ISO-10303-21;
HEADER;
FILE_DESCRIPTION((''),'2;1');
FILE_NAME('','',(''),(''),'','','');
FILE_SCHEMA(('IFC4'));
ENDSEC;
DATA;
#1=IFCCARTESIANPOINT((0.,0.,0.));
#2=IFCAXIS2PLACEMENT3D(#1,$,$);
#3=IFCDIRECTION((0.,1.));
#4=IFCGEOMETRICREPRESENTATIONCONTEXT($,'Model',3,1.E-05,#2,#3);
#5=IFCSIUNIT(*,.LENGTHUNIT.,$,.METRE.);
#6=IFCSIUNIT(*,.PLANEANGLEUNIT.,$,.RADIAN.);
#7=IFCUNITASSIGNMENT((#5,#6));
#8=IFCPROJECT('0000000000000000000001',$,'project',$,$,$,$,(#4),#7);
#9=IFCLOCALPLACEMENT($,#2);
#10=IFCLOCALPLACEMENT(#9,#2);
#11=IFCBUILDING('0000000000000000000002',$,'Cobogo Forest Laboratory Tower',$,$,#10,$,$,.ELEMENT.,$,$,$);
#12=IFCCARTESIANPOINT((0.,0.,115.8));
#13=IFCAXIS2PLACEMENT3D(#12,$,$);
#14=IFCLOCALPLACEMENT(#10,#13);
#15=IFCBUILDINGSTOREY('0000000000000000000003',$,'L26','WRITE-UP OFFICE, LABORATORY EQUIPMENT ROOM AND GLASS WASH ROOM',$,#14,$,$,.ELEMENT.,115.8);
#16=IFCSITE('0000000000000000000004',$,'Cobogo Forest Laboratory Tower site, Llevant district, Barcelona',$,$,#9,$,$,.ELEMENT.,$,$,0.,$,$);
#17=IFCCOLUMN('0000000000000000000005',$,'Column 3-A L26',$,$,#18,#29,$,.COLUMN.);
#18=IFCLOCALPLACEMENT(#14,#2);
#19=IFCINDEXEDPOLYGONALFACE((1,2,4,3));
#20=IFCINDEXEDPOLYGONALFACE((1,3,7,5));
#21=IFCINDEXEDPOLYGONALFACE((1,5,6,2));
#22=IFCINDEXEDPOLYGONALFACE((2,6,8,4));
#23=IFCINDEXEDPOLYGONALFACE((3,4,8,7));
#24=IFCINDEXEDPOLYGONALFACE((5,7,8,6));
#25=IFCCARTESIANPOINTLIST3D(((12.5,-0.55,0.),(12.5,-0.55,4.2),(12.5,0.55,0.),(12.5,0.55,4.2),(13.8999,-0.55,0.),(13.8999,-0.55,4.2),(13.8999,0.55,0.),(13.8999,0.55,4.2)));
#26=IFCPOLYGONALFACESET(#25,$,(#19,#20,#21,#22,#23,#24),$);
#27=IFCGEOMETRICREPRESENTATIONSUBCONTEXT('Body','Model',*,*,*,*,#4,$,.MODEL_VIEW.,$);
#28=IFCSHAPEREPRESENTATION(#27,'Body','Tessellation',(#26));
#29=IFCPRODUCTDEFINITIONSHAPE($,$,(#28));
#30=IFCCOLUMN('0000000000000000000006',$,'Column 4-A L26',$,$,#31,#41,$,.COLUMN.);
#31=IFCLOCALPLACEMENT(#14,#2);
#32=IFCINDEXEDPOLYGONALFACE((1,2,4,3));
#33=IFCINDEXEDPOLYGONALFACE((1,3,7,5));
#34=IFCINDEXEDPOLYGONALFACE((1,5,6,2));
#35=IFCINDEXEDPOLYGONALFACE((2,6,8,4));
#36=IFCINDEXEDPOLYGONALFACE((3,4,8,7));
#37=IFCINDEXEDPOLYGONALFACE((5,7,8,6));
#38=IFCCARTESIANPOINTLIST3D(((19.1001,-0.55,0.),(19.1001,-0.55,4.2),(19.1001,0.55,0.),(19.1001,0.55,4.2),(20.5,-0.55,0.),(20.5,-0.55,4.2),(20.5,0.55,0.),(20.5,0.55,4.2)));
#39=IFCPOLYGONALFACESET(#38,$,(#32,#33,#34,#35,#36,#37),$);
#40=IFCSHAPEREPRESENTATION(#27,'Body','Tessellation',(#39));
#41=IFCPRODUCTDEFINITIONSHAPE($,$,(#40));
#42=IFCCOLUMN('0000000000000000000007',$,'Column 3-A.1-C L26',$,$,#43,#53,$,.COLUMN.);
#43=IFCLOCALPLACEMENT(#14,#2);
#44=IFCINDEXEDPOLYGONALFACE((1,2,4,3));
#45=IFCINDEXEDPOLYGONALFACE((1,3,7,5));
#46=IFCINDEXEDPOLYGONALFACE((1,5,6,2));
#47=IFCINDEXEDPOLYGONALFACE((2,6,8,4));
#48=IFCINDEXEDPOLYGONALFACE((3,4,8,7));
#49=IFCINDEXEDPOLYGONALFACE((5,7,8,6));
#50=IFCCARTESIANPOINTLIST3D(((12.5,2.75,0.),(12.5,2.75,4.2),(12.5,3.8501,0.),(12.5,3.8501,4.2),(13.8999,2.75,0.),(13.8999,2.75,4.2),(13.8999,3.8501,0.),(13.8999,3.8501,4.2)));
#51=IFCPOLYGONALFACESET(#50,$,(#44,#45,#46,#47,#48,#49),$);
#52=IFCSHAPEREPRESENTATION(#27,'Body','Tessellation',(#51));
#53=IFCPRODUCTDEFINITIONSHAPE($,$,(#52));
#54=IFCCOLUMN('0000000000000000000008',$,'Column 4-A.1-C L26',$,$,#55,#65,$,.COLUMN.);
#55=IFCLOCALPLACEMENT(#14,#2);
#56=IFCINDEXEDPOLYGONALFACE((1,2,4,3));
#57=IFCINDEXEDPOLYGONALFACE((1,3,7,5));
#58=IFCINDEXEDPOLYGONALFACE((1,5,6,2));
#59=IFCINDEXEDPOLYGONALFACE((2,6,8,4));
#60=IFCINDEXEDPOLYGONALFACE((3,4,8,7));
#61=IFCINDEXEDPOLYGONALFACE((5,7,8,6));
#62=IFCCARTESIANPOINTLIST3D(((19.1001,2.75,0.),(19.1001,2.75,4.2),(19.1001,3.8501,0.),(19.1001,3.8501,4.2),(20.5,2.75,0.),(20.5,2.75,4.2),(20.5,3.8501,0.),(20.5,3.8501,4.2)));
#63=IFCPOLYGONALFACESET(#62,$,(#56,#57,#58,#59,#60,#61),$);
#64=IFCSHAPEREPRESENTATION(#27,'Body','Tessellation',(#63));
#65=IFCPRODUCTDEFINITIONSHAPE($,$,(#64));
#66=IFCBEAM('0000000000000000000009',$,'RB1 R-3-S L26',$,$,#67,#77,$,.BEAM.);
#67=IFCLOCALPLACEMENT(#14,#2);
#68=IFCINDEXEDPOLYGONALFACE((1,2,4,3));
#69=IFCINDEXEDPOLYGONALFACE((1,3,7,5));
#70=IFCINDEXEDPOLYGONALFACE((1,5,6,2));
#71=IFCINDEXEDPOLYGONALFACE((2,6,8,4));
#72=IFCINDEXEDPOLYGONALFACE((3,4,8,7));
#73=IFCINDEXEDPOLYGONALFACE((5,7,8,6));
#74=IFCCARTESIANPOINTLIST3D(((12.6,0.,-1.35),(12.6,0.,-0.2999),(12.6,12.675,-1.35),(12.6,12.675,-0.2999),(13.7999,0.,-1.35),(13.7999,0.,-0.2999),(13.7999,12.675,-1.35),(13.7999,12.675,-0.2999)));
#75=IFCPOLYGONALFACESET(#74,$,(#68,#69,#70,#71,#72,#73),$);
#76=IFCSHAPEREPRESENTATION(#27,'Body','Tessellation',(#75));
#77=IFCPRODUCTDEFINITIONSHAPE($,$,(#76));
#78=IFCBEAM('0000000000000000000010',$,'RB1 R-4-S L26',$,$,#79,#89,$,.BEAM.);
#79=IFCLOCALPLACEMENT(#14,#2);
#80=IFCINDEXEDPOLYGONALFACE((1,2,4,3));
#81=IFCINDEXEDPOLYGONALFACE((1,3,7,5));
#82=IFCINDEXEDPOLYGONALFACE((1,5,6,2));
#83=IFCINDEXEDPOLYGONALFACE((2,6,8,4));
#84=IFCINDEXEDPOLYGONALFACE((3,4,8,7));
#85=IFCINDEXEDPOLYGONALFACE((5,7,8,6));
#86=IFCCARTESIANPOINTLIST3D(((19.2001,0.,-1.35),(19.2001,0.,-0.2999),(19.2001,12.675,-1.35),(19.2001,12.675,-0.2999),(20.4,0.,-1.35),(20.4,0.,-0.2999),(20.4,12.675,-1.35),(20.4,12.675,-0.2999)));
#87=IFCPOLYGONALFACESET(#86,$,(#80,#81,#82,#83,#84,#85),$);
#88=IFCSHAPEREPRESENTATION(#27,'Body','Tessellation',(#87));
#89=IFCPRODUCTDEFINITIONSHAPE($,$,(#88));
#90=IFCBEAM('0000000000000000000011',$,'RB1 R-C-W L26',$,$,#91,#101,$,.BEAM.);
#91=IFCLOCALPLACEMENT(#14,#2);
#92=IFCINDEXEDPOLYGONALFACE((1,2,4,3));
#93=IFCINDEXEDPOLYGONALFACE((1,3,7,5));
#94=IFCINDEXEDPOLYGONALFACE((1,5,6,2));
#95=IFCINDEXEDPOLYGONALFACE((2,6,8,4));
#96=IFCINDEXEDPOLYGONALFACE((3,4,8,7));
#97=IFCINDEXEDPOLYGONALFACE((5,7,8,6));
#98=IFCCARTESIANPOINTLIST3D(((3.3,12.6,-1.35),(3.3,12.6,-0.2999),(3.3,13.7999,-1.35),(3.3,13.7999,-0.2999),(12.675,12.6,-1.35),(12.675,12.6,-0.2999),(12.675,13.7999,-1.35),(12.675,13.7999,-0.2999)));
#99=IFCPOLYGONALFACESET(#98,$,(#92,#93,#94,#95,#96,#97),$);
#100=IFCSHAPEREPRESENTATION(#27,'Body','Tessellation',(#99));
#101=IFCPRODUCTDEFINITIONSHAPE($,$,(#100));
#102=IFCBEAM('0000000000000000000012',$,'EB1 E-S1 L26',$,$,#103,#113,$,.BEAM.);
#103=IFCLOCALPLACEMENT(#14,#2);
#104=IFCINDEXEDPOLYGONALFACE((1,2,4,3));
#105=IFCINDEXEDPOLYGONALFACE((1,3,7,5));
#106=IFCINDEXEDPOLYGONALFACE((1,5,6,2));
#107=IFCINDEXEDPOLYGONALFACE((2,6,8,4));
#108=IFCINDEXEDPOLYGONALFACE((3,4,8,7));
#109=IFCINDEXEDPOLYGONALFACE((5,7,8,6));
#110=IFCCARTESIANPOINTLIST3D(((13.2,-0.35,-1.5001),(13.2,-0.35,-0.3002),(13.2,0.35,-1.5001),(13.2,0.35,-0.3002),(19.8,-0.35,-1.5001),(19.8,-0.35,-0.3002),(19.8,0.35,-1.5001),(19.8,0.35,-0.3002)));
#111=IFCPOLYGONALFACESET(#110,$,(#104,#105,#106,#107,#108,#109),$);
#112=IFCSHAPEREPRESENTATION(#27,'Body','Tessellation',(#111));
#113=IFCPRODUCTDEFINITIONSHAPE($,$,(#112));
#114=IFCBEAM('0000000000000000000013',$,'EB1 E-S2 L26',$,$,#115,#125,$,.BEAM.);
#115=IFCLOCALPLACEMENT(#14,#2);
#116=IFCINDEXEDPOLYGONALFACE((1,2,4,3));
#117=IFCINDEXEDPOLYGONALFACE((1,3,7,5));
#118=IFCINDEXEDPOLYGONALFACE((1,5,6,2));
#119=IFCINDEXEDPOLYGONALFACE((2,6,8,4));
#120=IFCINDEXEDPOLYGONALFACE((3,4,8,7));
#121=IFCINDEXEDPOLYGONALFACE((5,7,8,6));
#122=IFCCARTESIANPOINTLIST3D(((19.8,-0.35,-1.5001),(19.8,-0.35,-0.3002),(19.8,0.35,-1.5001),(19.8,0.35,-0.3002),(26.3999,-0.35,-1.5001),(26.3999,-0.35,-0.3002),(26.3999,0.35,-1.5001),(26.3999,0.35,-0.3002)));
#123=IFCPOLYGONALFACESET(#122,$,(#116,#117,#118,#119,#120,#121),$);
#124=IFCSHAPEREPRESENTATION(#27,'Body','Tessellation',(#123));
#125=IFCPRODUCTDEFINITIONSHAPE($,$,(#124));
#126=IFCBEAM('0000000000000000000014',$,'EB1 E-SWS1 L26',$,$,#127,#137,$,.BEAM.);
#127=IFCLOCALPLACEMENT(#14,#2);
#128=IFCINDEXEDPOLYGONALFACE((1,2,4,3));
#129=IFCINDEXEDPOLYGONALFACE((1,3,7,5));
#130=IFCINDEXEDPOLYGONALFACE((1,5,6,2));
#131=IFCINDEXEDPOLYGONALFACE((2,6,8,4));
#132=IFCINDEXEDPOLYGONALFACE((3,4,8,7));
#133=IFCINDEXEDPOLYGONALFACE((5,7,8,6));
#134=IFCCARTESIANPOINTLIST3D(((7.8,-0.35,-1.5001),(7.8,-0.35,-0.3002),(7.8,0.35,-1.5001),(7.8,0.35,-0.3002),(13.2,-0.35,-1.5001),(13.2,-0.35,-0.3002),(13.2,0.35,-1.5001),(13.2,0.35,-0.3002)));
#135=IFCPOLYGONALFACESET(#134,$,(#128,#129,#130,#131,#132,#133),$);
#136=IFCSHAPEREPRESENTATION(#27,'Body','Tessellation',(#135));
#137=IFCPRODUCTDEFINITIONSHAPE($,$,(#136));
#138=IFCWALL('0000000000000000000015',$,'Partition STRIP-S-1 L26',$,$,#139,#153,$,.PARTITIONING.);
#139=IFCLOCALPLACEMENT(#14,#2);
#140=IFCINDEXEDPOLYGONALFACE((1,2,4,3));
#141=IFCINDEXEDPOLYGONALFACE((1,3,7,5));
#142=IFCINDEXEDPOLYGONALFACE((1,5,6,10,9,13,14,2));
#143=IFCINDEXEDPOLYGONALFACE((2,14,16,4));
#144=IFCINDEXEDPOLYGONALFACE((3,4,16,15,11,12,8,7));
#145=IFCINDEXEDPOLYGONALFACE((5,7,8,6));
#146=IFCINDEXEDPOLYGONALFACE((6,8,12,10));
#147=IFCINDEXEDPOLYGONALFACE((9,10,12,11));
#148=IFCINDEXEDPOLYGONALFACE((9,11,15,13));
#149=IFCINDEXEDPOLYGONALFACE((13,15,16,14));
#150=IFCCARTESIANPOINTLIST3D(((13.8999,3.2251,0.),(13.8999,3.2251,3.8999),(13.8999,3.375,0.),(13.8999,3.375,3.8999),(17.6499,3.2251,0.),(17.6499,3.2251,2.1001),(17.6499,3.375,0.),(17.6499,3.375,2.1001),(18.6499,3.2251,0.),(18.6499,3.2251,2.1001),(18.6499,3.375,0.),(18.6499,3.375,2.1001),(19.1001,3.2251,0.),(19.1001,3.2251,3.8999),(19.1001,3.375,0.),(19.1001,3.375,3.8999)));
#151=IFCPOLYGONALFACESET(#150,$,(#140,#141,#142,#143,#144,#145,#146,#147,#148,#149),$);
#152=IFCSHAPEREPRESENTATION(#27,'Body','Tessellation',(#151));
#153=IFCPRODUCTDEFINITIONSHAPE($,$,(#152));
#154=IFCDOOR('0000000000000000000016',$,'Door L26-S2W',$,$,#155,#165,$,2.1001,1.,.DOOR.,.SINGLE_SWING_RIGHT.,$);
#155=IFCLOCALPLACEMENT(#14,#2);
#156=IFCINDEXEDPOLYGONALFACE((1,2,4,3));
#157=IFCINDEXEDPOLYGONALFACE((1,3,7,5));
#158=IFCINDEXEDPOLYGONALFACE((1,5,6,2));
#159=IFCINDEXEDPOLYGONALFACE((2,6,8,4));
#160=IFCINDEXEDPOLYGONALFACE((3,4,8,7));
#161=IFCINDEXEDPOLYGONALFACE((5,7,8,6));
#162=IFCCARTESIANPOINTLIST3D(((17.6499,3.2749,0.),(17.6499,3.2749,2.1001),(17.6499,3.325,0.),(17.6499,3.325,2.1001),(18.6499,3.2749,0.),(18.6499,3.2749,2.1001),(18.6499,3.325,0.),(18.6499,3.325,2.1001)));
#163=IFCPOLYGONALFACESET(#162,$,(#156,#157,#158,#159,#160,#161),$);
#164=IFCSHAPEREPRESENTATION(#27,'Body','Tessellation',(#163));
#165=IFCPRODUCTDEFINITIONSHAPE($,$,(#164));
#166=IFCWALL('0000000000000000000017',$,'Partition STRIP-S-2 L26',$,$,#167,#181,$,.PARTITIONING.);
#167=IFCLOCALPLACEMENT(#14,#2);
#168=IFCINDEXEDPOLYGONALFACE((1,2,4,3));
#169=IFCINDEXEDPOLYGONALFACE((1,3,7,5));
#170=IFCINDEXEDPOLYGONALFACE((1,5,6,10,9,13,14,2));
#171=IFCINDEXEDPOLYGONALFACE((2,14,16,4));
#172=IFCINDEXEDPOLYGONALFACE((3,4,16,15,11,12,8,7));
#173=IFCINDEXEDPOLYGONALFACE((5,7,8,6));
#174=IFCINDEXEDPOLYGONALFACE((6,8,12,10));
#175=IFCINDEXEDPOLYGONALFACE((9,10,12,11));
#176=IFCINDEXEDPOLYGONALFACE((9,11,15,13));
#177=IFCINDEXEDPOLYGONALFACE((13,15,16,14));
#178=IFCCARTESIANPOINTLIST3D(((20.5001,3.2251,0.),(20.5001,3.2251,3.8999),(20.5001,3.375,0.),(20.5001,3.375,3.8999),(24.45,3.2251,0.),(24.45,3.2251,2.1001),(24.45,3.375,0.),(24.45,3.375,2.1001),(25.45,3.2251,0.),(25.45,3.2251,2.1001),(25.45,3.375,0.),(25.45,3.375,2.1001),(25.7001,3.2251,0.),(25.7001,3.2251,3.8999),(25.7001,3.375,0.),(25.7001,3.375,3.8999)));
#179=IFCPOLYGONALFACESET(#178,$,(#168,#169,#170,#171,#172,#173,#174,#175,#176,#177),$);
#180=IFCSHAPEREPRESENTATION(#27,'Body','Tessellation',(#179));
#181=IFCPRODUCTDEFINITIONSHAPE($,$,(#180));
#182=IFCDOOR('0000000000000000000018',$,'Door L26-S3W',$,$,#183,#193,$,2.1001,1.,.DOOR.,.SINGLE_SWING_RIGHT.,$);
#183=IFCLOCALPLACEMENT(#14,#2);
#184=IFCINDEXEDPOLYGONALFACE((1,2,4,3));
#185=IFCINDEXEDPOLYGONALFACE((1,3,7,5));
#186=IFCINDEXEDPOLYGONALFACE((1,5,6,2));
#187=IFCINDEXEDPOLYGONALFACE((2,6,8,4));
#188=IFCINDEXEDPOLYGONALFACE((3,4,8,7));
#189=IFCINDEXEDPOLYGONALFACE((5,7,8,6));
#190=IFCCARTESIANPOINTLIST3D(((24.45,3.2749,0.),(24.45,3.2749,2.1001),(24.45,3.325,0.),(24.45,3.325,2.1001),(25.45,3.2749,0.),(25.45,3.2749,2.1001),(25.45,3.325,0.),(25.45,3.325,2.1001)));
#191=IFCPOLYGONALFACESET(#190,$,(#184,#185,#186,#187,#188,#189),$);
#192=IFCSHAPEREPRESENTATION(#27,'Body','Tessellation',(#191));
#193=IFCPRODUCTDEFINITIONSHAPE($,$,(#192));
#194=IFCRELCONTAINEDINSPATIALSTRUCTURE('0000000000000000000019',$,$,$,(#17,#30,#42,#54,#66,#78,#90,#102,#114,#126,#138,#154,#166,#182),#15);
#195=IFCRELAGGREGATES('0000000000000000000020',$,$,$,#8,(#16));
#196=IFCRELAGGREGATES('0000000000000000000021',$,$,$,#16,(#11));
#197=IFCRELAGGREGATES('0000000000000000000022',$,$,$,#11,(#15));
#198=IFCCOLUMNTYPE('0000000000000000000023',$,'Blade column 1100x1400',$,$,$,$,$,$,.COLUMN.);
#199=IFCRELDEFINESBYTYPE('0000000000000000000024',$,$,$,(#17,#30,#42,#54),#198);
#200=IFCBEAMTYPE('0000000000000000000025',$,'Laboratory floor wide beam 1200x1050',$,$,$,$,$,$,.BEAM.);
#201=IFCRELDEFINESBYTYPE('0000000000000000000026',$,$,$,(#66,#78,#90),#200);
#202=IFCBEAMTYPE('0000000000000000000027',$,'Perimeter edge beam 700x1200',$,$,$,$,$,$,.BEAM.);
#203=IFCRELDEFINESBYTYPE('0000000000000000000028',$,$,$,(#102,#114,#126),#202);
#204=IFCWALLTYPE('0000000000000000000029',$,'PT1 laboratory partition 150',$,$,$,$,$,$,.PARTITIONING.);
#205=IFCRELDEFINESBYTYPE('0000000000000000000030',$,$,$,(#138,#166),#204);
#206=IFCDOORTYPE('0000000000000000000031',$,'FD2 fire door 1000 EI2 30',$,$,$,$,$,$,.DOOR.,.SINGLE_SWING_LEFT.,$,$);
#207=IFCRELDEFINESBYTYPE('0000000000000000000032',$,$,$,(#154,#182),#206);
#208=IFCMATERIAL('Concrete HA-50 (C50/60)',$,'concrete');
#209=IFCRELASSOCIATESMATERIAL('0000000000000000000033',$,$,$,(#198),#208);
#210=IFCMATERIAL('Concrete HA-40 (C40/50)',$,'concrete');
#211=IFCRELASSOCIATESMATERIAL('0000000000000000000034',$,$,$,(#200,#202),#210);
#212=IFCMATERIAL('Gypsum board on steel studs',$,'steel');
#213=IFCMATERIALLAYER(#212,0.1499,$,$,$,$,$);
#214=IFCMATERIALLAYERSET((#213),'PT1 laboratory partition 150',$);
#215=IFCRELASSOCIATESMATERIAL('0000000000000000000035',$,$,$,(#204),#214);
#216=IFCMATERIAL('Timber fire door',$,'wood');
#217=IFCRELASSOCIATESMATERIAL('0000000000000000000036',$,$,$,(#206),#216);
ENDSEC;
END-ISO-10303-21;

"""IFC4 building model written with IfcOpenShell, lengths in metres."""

from ifc_helpers import new_model, si_unit, direction, frame, frame_2d, origin, origin_2d, place, context, subcontext, project, spatial, rectangle, extrude, material, layer, layer_set, material_profile, profile_set, type_object, element, fill, save


model = new_model("IFC4")

# Units and contexts
model_context = context("Model", 3, precision=1e-05, world=origin(), true_north=direction((0.0, 1.0)))
body_context = subcontext(model_context, "Body", "Model", "MODEL_VIEW")
ifc_project = project(units=[si_unit("LENGTHUNIT", "METRE"), si_unit("PLANEANGLEUNIT", "RADIAN")], contexts=[model_context])

# Site, building, storey
site_placement = place(None, origin())
site = spatial("IfcSite", under=ifc_project, at=site_placement, Name="Cobogo Forest Laboratory Tower site, Llevant district, Barcelona", CompositionType="ELEMENT", RefElevation=0.0)
building_placement = place(site_placement, origin())
building = spatial("IfcBuilding", under=site, at=building_placement, Name="Cobogo Forest Laboratory Tower", CompositionType="ELEMENT")
storey_placement = place(building_placement, frame((0.0, 0.0, 115.8)))
storey = spatial("IfcBuildingStorey", under=building, at=storey_placement, Name="L26", Description="WRITE-UP OFFICE, LABORATORY EQUIPMENT ROOM AND GLASS WASH ROOM", CompositionType="ELEMENT", Elevation=115.8)

# Columns
ifc_material_1 = material(Name="Concrete HA-50 (C50/60)", Category="concrete")
ifc_material_profile_1 = material_profile(ifc_material_1, rectangle(XDim=1.3999, YDim=1.1001, at=origin_2d()), Name="RC 1100x1400")
ifc_profile_set_1 = profile_set([ifc_material_profile_1], Name="Concrete HA-50 (C50/60)")
column_type = type_object("IfcColumnType", Name="Blade column 1100x1400", PredefinedType="COLUMN", material=ifc_profile_set_1)
for number, where, z_axis, x_axis, name in (
    (1, (13.2, 0.0, 0.0), (0.0, 0.0, 1.0), (1.0, 0.0, 0.0), "Column 3-A L26"),
    (2, (19.8, 0.0, 0.0), (0.0, 0.0, 1.0), (1.0, 0.0, 0.0), "Column 4-A L26"),
    (3, (13.2, 3.3, 0.0), (0.0, 0.0, 1.0), (1.0, 0.0, 0.0), "Column 3-A.1-C L26"),
    (4, (19.8, 3.3, 0.0), (0.0, 0.0, 1.0), (1.0, 0.0, 0.0), "Column 4-A.1-C L26"),
):
    element("IfcColumn", number, at=place(storey_placement, frame(where, z_axis=z_axis, x_axis=x_axis)), inside=storey, type_object=column_type, Name=name, PredefinedType="COLUMN", context=body_context, shape_type="SweptSolid", body=[
        extrude(rectangle(XDim=1.3999, YDim=1.1001, at=origin_2d()), origin(), (0.0, 0.0, 1.0), 4.2),
    ])

# Beams
ifc_material_2 = material(Name="Concrete HA-40 (C40/50)", Category="concrete")
ifc_material_profile_2 = material_profile(ifc_material_2, rectangle(XDim=1.2, YDim=1.05, at=origin_2d()), Name="RC 1200x1050")
ifc_profile_set_2 = profile_set([ifc_material_profile_2], Name="Concrete HA-40 (C40/50)")
beam_type_1 = type_object("IfcBeamType", Name="Laboratory floor wide beam 1200x1050", PredefinedType="BEAM", material=ifc_profile_set_2)
for number, where, z_axis, x_axis, name in (
    (5, (13.2, 12.675, -0.825), (0.0, -1.0, 0.0), (1.0, 0.0, 0.0), "RB1 R-3-S L26"),
    (6, (19.8, 12.675, -0.825), (0.0, -1.0, 0.0), (1.0, 0.0, 0.0), "RB1 R-4-S L26"),
):
    element("IfcBeam", number, at=place(storey_placement, frame(where, z_axis=z_axis, x_axis=x_axis)), inside=storey, type_object=beam_type_1, Name=name, PredefinedType="BEAM", context=body_context, shape_type="SweptSolid", body=[
        extrude(rectangle(XDim=1.2, YDim=1.05, at=origin_2d()), origin(), (0.0, 0.0, 1.0), 12.675),
    ])
beam_1_placement = place(storey_placement, frame((12.675, 13.2, -0.825), z_axis=(-1.0, 0.0, 0.0), x_axis=(0.0, -1.0, 0.0)))
element("IfcBeam", 7, at=beam_1_placement, inside=storey, type_object=beam_type_1, Name="RB1 R-C-W L26", PredefinedType="BEAM", context=body_context, shape_type="SweptSolid", body=[
    extrude(rectangle(XDim=1.2, YDim=1.05, at=origin_2d()), origin(), (0.0, 0.0, 1.0), 9.375),
])
ifc_material_profile_3 = material_profile(ifc_material_2, rectangle(XDim=0.7, YDim=1.2, at=origin_2d()), Name="RC 700x1200")
ifc_profile_set_3 = profile_set([ifc_material_profile_3], Name="Concrete HA-40 (C40/50)")
beam_type_2 = type_object("IfcBeamType", Name="Perimeter edge beam 700x1200", PredefinedType="BEAM", material=ifc_profile_set_3)
beam_2_placement = place(storey_placement, frame((13.2, 0.0, -0.9001), z_axis=(1.0, 0.0, 0.0), x_axis=(0.0, 1.0, 0.0)))
element("IfcBeam", 8, at=beam_2_placement, inside=storey, type_object=beam_type_2, Name="EB1 E-S1 L26", PredefinedType="BEAM", context=body_context, shape_type="SweptSolid", body=[
    extrude(rectangle(XDim=0.7, YDim=1.2, at=origin_2d()), origin(), (0.0, 0.0, 1.0), 6.6001),
])
beam_3_placement = place(storey_placement, frame((19.8, 0.0, -0.9001), z_axis=(1.0, 0.0, 0.0), x_axis=(0.0, 1.0, 0.0)))
element("IfcBeam", 9, at=beam_3_placement, inside=storey, type_object=beam_type_2, Name="EB1 E-S2 L26", PredefinedType="BEAM", context=body_context, shape_type="SweptSolid", body=[
    extrude(rectangle(XDim=0.7, YDim=1.2, at=origin_2d()), origin(), (0.0, 0.0, 1.0), 6.5999),
])
beam_4_placement = place(storey_placement, frame((13.2, 0.0, -0.9001), z_axis=(-1.0, 0.0, 0.0), x_axis=(0.0, -1.0, 0.0)))
element("IfcBeam", 10, at=beam_4_placement, inside=storey, type_object=beam_type_2, Name="EB1 E-SWS1 L26", PredefinedType="BEAM", context=body_context, shape_type="SweptSolid", body=[
    extrude(rectangle(XDim=0.7, YDim=1.2, at=origin_2d()), origin(), (0.0, 0.0, 1.0), 5.3999),
])

# Walls, openings, doors
ifc_material_3 = material(Name="Gypsum board on steel studs", Category="steel")
ifc_layer_1 = layer(ifc_material_3, 0.1499)
ifc_layer_set_1 = layer_set([ifc_layer_1], Name="PT1 laboratory partition 150")
wall_type_1 = type_object("IfcWallType", Name="PT1 laboratory partition 150", PredefinedType="PARTITIONING", material=ifc_layer_set_1)
wall_1_placement = place(storey_placement, frame((13.8999, 3.3, 0.0), z_axis=(0.0, 0.0, 1.0), x_axis=(1.0, 0.0, 0.0)))
wall_1 = element("IfcWall", 11, at=wall_1_placement, inside=storey, type_object=wall_type_1, Name="Partition STRIP-S-1 L26", PredefinedType="PARTITIONING", context=body_context, shape_type="SweptSolid", body=[
    extrude(rectangle(XDim=5.2002, YDim=0.1499, at=frame_2d((2.6001, 0.0))), origin(), (0.0, 0.0, 1.0), 3.8999),
])
opening_1_placement = place(wall_1_placement, frame((3.75, 0.0, 0.0)))
opening_1 = element("IfcOpeningElement", 12, at=opening_1_placement, cuts=wall_1, PredefinedType="OPENING", context=body_context, shape_type="SweptSolid", body=[
    extrude(rectangle(XDim=1.0, YDim=2.1001, at=frame_2d((0.5, 1.05))), frame((0.0, 0.085, 0.0), z_axis=(0.0, -1.0, 0.0), x_axis=(1.0, 0.0, 0.0)), (0.0, 0.0, 1.0), 0.1699),
])
ifc_material_4 = material(Name="Timber fire door", Category="wood")
door_type_1 = type_object("IfcDoorType", Name="FD2 fire door 1000 EI2 30", OperationType="SINGLE_SWING_LEFT", PredefinedType="DOOR", material=ifc_material_4)
door_1_placement = place(opening_1_placement, origin())
door_1 = element("IfcDoor", 13, at=door_1_placement, inside=storey, type_object=door_type_1, Name="Door L26-S2W", OperationType="SINGLE_SWING_RIGHT", OverallHeight=2.1001, OverallWidth=1.0, PredefinedType="DOOR", context=body_context, shape_type="SweptSolid", body=[
    extrude(rectangle(XDim=1.0, YDim=2.1001, at=frame_2d((0.5, 1.05))), frame((0.0, 0.0249, 0.0), z_axis=(0.0, -1.0, 0.0), x_axis=(1.0, 0.0, 0.0)), (0.0, 0.0, 1.0), 0.05),
])
fill(opening_1, door_1)
wall_2_placement = place(storey_placement, frame((20.5, 3.3, 0.0), z_axis=(0.0, 0.0, 1.0), x_axis=(1.0, 0.0, 0.0)))
wall_2 = element("IfcWall", 14, at=wall_2_placement, inside=storey, type_object=wall_type_1, Name="Partition STRIP-S-2 L26", PredefinedType="PARTITIONING", context=body_context, shape_type="SweptSolid", body=[
    extrude(rectangle(XDim=5.2, YDim=0.1499, at=frame_2d((2.6001, 0.0))), origin(), (0.0, 0.0, 1.0), 3.8999),
])
opening_2_placement = place(wall_2_placement, frame((3.95, 0.0, 0.0)))
opening_2 = element("IfcOpeningElement", 15, at=opening_2_placement, cuts=wall_2, PredefinedType="OPENING", context=body_context, shape_type="SweptSolid", body=[
    extrude(rectangle(XDim=1.0, YDim=2.1001, at=frame_2d((0.5, 1.05))), frame((0.0, 0.085, 0.0), z_axis=(0.0, -1.0, 0.0), x_axis=(1.0, 0.0, 0.0)), (0.0, 0.0, 1.0), 0.1699),
])
door_2_placement = place(opening_2_placement, origin())
door_2 = element("IfcDoor", 16, at=door_2_placement, inside=storey, type_object=door_type_1, Name="Door L26-S3W", OperationType="SINGLE_SWING_RIGHT", OverallHeight=2.1001, OverallWidth=1.0, PredefinedType="DOOR", context=body_context, shape_type="SweptSolid", body=[
    extrude(rectangle(XDim=1.0, YDim=2.1001, at=frame_2d((0.5, 1.05))), frame((0.0, 0.0249, 0.0), z_axis=(0.0, -1.0, 0.0), x_axis=(1.0, 0.0, 0.0)), (0.0, 0.0, 1.0), 0.05),
])
fill(opening_2, door_2)

save(model, "model.ifc")
